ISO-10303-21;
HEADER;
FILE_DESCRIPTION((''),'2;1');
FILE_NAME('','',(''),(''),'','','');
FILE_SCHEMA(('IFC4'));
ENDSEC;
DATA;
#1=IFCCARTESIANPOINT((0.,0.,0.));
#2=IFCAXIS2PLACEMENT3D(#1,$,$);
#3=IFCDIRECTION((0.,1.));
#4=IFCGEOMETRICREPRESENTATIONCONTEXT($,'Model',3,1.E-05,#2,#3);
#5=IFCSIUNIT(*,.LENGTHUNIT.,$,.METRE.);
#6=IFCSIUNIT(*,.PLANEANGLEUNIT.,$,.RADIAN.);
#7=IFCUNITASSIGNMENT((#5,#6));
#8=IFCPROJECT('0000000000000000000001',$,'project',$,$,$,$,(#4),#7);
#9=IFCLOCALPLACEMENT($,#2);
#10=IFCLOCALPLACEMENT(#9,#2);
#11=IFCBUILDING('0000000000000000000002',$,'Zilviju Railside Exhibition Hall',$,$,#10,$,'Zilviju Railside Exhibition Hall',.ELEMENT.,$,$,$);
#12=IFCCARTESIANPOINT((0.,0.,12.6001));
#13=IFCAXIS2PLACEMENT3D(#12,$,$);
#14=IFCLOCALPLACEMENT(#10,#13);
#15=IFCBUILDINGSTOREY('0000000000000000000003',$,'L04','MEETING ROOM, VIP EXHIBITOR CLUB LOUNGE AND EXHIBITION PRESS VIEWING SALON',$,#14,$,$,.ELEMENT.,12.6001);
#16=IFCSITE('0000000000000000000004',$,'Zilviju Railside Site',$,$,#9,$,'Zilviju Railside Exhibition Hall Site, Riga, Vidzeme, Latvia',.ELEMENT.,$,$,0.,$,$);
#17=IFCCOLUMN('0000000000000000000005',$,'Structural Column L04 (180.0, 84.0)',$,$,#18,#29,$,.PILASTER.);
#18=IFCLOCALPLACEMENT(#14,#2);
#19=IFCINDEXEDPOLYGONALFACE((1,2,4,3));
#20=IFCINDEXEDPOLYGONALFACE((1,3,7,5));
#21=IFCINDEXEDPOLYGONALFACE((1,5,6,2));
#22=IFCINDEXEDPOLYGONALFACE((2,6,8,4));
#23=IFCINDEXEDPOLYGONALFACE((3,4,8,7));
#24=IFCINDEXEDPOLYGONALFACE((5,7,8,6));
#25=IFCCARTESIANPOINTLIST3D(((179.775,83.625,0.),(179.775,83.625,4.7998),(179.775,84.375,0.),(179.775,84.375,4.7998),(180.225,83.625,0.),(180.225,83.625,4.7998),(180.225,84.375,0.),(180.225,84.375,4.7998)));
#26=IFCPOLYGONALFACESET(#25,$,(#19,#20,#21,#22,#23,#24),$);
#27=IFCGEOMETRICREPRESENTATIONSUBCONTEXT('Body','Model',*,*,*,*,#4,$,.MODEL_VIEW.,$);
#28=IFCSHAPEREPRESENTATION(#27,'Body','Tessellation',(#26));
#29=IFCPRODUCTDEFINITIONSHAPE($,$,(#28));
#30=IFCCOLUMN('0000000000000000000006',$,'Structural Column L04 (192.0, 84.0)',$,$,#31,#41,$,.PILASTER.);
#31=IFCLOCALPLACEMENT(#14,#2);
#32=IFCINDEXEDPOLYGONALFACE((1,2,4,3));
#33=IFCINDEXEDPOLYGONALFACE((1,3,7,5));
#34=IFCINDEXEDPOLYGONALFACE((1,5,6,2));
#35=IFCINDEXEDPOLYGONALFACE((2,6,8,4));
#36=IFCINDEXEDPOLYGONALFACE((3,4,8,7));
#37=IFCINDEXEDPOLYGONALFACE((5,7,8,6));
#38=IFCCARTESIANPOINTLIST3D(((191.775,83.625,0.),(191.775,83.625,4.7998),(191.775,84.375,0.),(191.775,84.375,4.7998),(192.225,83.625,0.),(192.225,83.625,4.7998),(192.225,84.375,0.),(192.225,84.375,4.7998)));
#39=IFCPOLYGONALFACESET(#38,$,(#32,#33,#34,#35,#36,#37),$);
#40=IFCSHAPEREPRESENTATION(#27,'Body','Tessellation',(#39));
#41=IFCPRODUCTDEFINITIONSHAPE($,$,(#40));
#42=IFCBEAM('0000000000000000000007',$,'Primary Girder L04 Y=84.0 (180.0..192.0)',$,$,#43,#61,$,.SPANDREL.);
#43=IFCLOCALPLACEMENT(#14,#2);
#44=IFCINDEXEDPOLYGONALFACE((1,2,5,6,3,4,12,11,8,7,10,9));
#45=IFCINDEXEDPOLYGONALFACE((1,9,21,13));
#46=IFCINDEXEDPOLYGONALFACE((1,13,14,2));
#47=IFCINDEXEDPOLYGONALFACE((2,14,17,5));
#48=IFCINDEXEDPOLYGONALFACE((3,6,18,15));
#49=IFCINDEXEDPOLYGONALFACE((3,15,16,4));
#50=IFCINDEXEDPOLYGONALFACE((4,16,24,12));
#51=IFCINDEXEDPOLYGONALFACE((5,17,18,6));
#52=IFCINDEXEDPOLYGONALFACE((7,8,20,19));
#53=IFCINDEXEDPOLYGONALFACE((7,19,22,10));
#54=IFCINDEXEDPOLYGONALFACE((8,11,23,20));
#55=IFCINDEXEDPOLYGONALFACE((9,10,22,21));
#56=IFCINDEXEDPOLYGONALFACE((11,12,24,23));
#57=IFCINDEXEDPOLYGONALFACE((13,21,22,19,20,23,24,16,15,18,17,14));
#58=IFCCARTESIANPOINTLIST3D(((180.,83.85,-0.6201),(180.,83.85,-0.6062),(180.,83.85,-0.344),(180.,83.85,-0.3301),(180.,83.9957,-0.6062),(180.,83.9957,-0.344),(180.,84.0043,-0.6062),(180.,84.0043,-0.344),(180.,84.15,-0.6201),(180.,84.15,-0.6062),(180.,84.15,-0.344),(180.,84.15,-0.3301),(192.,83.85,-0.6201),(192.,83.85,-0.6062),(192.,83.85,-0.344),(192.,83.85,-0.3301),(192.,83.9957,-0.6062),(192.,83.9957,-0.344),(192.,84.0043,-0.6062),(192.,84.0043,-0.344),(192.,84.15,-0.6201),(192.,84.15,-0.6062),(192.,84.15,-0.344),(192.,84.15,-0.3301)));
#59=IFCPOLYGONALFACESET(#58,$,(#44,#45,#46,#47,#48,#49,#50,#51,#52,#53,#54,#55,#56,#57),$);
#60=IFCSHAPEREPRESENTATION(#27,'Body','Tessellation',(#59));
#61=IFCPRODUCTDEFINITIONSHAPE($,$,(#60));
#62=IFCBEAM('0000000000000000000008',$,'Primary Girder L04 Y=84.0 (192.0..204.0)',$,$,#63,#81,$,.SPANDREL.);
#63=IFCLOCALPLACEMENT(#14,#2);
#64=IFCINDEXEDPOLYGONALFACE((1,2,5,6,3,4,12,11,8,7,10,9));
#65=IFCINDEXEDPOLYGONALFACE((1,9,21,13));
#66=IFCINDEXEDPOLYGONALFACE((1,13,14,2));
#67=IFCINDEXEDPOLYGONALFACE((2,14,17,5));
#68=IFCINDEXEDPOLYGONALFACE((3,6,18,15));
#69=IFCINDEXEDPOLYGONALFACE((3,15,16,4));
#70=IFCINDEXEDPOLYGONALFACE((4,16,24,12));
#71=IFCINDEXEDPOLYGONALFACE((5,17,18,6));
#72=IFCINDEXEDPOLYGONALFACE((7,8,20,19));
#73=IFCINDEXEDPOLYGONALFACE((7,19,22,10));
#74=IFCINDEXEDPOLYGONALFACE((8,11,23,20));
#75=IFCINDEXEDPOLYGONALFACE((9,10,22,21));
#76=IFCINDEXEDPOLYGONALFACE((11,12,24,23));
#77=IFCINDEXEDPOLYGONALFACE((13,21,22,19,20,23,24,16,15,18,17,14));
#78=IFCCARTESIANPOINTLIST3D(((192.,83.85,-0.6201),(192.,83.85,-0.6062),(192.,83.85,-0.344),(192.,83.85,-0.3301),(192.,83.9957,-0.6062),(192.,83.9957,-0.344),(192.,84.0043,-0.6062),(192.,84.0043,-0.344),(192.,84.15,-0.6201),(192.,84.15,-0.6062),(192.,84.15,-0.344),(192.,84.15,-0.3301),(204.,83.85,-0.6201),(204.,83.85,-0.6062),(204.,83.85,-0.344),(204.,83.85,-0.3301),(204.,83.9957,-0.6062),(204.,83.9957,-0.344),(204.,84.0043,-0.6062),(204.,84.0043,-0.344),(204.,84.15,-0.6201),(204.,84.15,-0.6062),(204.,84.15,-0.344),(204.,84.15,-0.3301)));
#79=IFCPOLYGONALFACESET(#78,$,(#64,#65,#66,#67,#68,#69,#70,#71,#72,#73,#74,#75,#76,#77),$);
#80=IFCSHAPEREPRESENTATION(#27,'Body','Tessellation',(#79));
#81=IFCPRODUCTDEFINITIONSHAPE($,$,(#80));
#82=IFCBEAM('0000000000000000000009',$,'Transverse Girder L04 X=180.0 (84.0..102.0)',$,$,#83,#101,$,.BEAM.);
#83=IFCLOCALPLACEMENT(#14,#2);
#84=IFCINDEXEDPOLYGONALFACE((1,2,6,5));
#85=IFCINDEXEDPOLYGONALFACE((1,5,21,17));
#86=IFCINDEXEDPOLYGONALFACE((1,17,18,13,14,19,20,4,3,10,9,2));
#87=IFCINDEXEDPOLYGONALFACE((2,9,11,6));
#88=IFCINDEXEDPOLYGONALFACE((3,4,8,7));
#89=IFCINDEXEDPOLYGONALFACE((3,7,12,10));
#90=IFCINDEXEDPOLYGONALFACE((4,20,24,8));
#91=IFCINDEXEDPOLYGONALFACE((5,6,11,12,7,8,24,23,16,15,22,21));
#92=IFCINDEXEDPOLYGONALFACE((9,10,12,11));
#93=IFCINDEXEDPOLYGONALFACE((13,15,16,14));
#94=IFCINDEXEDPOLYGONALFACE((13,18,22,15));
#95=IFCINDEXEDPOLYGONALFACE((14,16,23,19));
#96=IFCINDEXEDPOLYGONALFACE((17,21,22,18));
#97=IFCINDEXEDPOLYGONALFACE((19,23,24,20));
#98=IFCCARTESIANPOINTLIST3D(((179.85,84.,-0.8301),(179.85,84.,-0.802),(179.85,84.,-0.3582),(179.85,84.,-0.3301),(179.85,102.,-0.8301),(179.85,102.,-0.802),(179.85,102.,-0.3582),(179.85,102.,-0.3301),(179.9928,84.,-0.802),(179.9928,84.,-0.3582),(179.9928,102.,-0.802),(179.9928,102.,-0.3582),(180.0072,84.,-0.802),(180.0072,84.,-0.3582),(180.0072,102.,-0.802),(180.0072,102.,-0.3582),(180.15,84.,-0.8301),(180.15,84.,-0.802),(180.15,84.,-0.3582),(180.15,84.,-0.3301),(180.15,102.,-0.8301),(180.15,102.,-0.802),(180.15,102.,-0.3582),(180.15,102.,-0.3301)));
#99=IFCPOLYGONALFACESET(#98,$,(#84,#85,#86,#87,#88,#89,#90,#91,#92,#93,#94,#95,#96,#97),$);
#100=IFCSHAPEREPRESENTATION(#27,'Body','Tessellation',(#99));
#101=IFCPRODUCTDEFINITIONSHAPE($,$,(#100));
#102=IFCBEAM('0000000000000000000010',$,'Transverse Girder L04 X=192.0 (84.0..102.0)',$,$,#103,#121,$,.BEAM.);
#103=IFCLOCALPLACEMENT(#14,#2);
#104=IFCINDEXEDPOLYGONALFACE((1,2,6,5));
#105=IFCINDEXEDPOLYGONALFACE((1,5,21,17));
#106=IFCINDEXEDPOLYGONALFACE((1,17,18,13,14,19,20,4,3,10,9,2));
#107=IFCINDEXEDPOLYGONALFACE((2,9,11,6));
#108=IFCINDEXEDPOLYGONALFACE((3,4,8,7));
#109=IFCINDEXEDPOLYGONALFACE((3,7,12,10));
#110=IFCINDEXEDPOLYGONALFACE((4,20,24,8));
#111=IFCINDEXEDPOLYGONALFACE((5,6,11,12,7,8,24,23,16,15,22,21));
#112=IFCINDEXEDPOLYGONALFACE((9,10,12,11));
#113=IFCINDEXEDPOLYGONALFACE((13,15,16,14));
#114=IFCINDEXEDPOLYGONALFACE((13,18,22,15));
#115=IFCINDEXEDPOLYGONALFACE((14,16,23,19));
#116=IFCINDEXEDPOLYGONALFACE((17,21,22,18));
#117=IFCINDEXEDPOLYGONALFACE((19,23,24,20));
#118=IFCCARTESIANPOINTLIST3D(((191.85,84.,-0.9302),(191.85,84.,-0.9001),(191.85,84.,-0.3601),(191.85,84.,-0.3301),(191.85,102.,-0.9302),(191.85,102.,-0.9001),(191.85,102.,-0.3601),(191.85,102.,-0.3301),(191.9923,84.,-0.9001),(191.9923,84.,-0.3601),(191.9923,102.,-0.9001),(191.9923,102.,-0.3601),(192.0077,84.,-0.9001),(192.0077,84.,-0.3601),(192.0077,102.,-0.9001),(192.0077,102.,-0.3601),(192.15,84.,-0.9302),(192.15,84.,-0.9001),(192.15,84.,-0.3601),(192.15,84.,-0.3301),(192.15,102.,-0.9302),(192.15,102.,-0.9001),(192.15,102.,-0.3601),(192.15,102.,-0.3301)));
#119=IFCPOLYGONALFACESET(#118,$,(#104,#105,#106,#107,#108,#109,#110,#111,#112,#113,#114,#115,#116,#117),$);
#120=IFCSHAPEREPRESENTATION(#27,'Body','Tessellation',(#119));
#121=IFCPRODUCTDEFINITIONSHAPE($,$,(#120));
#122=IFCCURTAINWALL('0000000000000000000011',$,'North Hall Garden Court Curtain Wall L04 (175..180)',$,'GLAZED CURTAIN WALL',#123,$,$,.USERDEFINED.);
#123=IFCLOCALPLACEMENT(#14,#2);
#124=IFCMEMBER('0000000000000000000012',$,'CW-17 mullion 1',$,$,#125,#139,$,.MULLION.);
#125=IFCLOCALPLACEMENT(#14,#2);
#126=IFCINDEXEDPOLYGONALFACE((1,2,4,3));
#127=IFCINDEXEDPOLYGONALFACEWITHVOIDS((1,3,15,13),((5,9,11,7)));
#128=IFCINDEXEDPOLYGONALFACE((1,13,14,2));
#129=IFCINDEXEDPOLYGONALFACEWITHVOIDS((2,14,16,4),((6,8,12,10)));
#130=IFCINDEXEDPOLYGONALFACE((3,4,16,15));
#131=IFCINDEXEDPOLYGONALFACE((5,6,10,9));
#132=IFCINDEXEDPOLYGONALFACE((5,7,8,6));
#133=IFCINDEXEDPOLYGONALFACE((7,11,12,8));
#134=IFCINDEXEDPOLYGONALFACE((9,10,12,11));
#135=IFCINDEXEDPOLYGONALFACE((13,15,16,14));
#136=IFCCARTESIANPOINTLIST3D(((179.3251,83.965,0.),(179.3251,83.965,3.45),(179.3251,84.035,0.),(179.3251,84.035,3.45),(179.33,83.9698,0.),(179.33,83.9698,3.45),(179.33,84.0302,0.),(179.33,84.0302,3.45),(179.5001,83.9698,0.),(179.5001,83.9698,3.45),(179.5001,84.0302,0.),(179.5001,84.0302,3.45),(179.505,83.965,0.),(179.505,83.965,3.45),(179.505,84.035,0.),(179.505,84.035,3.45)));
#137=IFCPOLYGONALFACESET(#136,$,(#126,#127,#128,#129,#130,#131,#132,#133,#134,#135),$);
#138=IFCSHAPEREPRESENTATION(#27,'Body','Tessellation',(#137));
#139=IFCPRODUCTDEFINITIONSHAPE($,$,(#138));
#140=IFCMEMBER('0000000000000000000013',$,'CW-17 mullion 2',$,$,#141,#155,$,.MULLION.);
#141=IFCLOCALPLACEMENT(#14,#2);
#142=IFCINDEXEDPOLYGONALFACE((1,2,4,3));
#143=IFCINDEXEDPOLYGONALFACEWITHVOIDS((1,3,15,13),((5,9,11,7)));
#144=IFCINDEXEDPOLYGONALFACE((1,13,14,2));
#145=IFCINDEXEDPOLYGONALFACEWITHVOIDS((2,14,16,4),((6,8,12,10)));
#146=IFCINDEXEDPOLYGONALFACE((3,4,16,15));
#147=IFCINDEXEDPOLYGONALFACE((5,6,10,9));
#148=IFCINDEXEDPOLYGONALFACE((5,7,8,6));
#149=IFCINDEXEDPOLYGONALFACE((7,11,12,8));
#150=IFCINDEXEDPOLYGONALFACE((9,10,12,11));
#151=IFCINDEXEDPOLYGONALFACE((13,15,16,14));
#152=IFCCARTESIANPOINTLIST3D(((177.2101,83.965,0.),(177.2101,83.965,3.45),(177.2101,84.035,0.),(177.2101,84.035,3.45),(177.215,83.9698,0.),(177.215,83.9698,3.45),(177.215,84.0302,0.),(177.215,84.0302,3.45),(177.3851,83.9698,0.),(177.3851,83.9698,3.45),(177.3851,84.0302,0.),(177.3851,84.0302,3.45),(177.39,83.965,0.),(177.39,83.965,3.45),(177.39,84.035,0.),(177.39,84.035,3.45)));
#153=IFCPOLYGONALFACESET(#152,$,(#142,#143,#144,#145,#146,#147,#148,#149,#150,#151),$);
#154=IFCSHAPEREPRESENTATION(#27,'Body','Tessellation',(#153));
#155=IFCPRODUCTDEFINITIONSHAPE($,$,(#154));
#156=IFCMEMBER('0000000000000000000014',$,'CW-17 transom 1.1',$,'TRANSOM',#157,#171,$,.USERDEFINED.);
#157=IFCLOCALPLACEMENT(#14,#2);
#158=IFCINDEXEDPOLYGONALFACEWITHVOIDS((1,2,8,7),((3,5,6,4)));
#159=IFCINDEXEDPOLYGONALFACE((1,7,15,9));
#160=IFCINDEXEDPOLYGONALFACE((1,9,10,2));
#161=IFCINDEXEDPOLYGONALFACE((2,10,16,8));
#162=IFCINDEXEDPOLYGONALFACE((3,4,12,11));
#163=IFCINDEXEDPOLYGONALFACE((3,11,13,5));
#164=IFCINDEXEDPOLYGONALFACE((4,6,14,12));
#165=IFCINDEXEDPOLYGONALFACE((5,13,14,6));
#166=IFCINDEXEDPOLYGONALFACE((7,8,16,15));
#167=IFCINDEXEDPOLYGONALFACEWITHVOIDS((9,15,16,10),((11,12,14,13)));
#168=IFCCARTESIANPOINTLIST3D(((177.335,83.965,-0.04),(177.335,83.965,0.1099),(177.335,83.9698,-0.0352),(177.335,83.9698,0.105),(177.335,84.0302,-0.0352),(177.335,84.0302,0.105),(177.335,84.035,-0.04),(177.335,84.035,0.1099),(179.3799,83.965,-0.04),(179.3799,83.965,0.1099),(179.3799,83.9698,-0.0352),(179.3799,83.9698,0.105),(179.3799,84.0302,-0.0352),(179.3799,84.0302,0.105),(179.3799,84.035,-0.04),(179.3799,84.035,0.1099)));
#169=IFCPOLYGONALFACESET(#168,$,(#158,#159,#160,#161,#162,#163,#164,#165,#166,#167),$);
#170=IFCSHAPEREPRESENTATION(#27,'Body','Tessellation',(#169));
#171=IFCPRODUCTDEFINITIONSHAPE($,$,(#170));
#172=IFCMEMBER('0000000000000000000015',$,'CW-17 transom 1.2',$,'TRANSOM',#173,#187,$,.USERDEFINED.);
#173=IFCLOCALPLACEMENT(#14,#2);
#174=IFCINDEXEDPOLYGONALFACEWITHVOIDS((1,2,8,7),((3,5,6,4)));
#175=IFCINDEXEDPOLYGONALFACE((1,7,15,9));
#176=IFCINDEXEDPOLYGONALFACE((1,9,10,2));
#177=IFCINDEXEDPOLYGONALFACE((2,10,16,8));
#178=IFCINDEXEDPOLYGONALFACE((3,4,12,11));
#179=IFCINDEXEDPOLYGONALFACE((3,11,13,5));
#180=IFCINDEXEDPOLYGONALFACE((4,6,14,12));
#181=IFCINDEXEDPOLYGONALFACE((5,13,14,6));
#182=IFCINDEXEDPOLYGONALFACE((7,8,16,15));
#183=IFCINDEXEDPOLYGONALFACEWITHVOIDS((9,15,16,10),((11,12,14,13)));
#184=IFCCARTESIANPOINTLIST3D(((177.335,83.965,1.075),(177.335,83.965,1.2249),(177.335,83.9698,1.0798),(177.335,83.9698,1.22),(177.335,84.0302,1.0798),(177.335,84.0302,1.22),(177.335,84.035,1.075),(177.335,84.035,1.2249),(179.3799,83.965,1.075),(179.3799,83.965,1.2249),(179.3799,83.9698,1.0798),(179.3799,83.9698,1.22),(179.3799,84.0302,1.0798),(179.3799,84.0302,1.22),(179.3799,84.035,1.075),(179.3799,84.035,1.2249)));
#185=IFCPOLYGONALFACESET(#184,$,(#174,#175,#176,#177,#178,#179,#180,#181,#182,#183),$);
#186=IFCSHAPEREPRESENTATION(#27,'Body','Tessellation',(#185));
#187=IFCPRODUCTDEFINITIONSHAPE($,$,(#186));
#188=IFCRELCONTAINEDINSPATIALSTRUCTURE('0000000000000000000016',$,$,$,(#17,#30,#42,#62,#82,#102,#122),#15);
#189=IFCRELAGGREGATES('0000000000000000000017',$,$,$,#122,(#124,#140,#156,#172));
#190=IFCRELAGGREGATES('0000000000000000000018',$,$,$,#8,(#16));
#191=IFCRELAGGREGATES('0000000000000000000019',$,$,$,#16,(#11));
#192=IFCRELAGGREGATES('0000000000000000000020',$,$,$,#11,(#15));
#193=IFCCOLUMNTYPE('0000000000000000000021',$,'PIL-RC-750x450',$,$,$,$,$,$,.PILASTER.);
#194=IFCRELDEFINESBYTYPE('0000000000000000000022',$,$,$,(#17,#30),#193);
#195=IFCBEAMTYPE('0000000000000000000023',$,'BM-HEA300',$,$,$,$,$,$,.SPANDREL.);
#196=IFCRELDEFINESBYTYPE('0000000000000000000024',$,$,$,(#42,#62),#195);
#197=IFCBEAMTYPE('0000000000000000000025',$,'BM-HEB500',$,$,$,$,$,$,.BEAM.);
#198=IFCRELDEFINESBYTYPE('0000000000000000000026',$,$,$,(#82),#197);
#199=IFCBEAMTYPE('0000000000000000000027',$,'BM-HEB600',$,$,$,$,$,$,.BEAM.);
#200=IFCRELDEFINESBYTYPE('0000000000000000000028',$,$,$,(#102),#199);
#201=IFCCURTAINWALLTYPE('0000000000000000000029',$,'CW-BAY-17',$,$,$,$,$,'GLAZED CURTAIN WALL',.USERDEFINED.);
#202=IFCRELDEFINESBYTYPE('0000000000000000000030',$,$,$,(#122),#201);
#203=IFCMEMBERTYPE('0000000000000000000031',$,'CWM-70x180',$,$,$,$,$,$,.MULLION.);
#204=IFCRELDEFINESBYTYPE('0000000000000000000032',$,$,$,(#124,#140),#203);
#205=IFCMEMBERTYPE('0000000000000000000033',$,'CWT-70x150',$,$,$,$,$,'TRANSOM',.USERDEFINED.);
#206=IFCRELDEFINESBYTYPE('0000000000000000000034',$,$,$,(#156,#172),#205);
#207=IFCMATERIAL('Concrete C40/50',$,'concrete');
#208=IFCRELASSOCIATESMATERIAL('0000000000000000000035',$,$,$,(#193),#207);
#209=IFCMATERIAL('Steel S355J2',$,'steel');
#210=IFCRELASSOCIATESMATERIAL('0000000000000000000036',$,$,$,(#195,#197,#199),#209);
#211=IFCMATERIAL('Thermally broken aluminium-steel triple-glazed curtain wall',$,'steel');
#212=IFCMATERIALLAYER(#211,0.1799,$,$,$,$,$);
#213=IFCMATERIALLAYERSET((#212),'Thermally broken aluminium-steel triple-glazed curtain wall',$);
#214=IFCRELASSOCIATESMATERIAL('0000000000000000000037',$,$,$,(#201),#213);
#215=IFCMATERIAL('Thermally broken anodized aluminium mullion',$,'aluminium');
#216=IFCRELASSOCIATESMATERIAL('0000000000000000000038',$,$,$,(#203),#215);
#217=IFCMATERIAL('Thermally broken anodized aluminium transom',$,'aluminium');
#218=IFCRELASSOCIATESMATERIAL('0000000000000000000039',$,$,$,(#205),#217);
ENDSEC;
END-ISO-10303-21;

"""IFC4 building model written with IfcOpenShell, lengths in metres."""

from ifc_helpers import new_model, si_unit, direction, frame, origin, origin_2d, place, context, subcontext, project, spatial, rectangle, hollow_rectangle, i_section, extrude, material, layer, layer_set, material_profile, profile_set, type_object, element, aggregate, save


model = new_model("IFC4")

# Units and contexts
model_context = context("Model", 3, precision=1e-05, world=origin(), true_north=direction((0.0, 1.0)))
body_context = subcontext(model_context, "Body", "Model", "MODEL_VIEW")
ifc_project = project(units=[si_unit("LENGTHUNIT", "METRE"), si_unit("PLANEANGLEUNIT", "RADIAN")], contexts=[model_context])

# Site, building, storey
site_placement = place(None, origin())
site = spatial("IfcSite", under=ifc_project, at=site_placement, Name="Zilviju Railside Site", LongName="Zilviju Railside Exhibition Hall Site, Riga, Vidzeme, Latvia", CompositionType="ELEMENT", RefElevation=0.0)
building_placement = place(site_placement, origin())
building = spatial("IfcBuilding", under=site, at=building_placement, Name="Zilviju Railside Exhibition Hall", LongName="Zilviju Railside Exhibition Hall", CompositionType="ELEMENT")
storey_placement = place(building_placement, frame((0.0, 0.0, 12.6001)))
storey = spatial("IfcBuildingStorey", under=building, at=storey_placement, Name="L04", Description="MEETING ROOM, VIP EXHIBITOR CLUB LOUNGE AND EXHIBITION PRESS VIEWING SALON", CompositionType="ELEMENT", Elevation=12.6001)

# Columns
ifc_material_1 = material(Name="Concrete C40/50", Category="concrete")
ifc_material_profile_1 = material_profile(ifc_material_1, rectangle(XDim=0.45, YDim=0.75, at=origin_2d()), Name="RC COL 450x750")
ifc_profile_set_1 = profile_set([ifc_material_profile_1], Name="Concrete C40/50")
column_type = type_object("IfcColumnType", Name="PIL-RC-750x450", PredefinedType="PILASTER", material=ifc_profile_set_1)
for number, where, z_axis, x_axis, name in (
    (1, (180.0, 84.0, 0.0), (0.0, 0.0, 1.0), (1.0, 0.0, 0.0), "Structural Column L04 (180.0, 84.0)"),
    (2, (192.0, 84.0, 0.0), (0.0, 0.0, 1.0), (1.0, 0.0, 0.0), "Structural Column L04 (192.0, 84.0)"),
):
    element("IfcColumn", number, at=place(storey_placement, frame(where, z_axis=z_axis, x_axis=x_axis)), inside=storey, type_object=column_type, Name=name, PredefinedType="PILASTER", context=body_context, shape_type="SweptSolid", body=[
        extrude(rectangle(XDim=0.45, YDim=0.75, at=origin_2d()), origin(), (0.0, 0.0, 1.0), 4.7998),
    ])

# Beams
ifc_material_2 = material(Name="Steel S355J2", Category="steel")
ifc_material_profile_2 = material_profile(ifc_material_2, i_section(OverallWidth=0.3, OverallDepth=0.29, WebThickness=0.0085, FlangeThickness=0.0139, at=origin_2d()), Name="HEA 300")
ifc_profile_set_2 = profile_set([ifc_material_profile_2], Name="Steel S355J2")
beam_type_1 = type_object("IfcBeamType", Name="BM-HEA300", PredefinedType="SPANDREL", material=ifc_profile_set_2)
for number, where, z_axis, x_axis, name in (
    (3, (180.0, 84.0, -0.4751), (1.0, 0.0, 0.0), (0.0, 1.0, 0.0), "Primary Girder L04 Y=84.0 (180.0..192.0)"),
    (4, (192.0, 84.0, -0.4751), (1.0, 0.0, 0.0), (0.0, 1.0, 0.0), "Primary Girder L04 Y=84.0 (192.0..204.0)"),
):
    element("IfcBeam", number, at=place(storey_placement, frame(where, z_axis=z_axis, x_axis=x_axis)), inside=storey, type_object=beam_type_1, Name=name, PredefinedType="SPANDREL", context=body_context, shape_type="SweptSolid", body=[
        extrude(i_section(OverallWidth=0.3, OverallDepth=0.29, WebThickness=0.0085, FlangeThickness=0.0139, at=origin_2d()), origin(), (0.0, 0.0, 1.0), 12.0),
    ])
ifc_material_profile_3 = material_profile(ifc_material_2, i_section(OverallWidth=0.3, OverallDepth=0.5, WebThickness=0.0144, FlangeThickness=0.0281, at=origin_2d()), Name="HEB 500")
ifc_profile_set_3 = profile_set([ifc_material_profile_3], Name="Steel S355J2")
beam_type_2 = type_object("IfcBeamType", Name="BM-HEB500", PredefinedType="BEAM", material=ifc_profile_set_3)
beam_1_placement = place(storey_placement, frame((180.0, 84.0, -0.5801), z_axis=(0.0, 1.0, 0.0), x_axis=(-1.0, 0.0, 0.0)))
element("IfcBeam", 5, at=beam_1_placement, inside=storey, type_object=beam_type_2, Name="Transverse Girder L04 X=180.0 (84.0..102.0)", PredefinedType="BEAM", context=body_context, shape_type="SweptSolid", body=[
    extrude(i_section(OverallWidth=0.3, OverallDepth=0.5, WebThickness=0.0144, FlangeThickness=0.0281, at=origin_2d()), origin(), (0.0, 0.0, 1.0), 18.0),
])
ifc_material_profile_4 = material_profile(ifc_material_2, i_section(OverallWidth=0.3, OverallDepth=0.6001, WebThickness=0.0154, FlangeThickness=0.03, at=origin_2d()), Name="HEB 600")
ifc_profile_set_4 = profile_set([ifc_material_profile_4], Name="Steel S355J2")
beam_type_3 = type_object("IfcBeamType", Name="BM-HEB600", PredefinedType="BEAM", material=ifc_profile_set_4)
beam_2_placement = place(storey_placement, frame((192.0, 84.0, -0.6301), z_axis=(0.0, 1.0, 0.0), x_axis=(-1.0, 0.0, 0.0)))
element("IfcBeam", 6, at=beam_2_placement, inside=storey, type_object=beam_type_3, Name="Transverse Girder L04 X=192.0 (84.0..102.0)", PredefinedType="BEAM", context=body_context, shape_type="SweptSolid", body=[
    extrude(i_section(OverallWidth=0.3, OverallDepth=0.6001, WebThickness=0.0154, FlangeThickness=0.03, at=origin_2d()), origin(), (0.0, 0.0, 1.0), 18.0),
])

# Curtain wall, members
ifc_material_3 = material(Name="Thermally broken aluminium-steel triple-glazed curtain wall", Category="steel")
ifc_layer_1 = layer(ifc_material_3, 0.1799)
ifc_layer_set_1 = layer_set([ifc_layer_1], Name="Thermally broken aluminium-steel triple-glazed curtain wall")
curtain_wall_type = type_object("IfcCurtainWallType", Name="CW-BAY-17", ElementType="GLAZED CURTAIN WALL", PredefinedType="USERDEFINED", material=ifc_layer_set_1)
curtain_wall_placement = place(storey_placement, origin())
curtain_wall = element("IfcCurtainWall", 7, at=curtain_wall_placement, inside=storey, type_object=curtain_wall_type, Name="North Hall Garden Court Curtain Wall L04 (175..180)", ObjectType="GLAZED CURTAIN WALL", PredefinedType="USERDEFINED")
ifc_material_4 = material(Name="Thermally broken anodized aluminium mullion", Category="aluminium")
ifc_material_profile_5 = material_profile(ifc_material_4, hollow_rectangle(XDim=0.0701, YDim=0.1799, WallThickness=0.0049, at=origin_2d()), Name="MULLION 180x70x5")
ifc_profile_set_5 = profile_set([ifc_material_profile_5], Name="Thermally broken anodized aluminium mullion")
member_type_1 = type_object("IfcMemberType", Name="CWM-70x180", PredefinedType="MULLION", material=ifc_profile_set_5)
member_1_placement = place(storey_placement, frame((179.415, 84.0, 0.0), z_axis=(0.0, 0.0, 1.0), x_axis=(0.0, -1.0, 0.0)))
member_1 = element("IfcMember", 8, at=member_1_placement, type_object=member_type_1, Name="CW-17 mullion 1", PredefinedType="MULLION", context=body_context, shape_type="SweptSolid", body=[
    extrude(hollow_rectangle(XDim=0.0701, YDim=0.1799, WallThickness=0.0049, at=origin_2d()), origin(), (0.0, 0.0, 1.0), 3.45),
])
member_2_placement = place(storey_placement, frame((177.3, 84.0, 0.0), z_axis=(0.0, 0.0, 1.0), x_axis=(0.0, -1.0, 0.0)))
member_2 = element("IfcMember", 9, at=member_2_placement, type_object=member_type_1, Name="CW-17 mullion 2", PredefinedType="MULLION", context=body_context, shape_type="SweptSolid", body=[
    extrude(hollow_rectangle(XDim=0.0701, YDim=0.1799, WallThickness=0.0049, at=origin_2d()), origin(), (0.0, 0.0, 1.0), 3.45),
])
ifc_material_5 = material(Name="Thermally broken anodized aluminium transom", Category="aluminium")
ifc_material_profile_6 = material_profile(ifc_material_5, hollow_rectangle(XDim=0.0701, YDim=0.1499, WallThickness=0.0049, at=origin_2d()), Name="TRANSOM 150x70x5")
ifc_profile_set_6 = profile_set([ifc_material_profile_6], Name="Thermally broken anodized aluminium transom")
member_type_2 = type_object("IfcMemberType", Name="CWT-70x150", ElementType="TRANSOM", PredefinedType="USERDEFINED", material=ifc_profile_set_6)
member_3_placement = place(storey_placement, frame((179.3799, 84.0, 0.0349), z_axis=(-1.0, 0.0, 0.0), x_axis=(0.0, -1.0, 0.0)))
member_3 = element("IfcMember", 10, at=member_3_placement, type_object=member_type_2, Name="CW-17 transom 1.1", ObjectType="TRANSOM", PredefinedType="USERDEFINED", context=body_context, shape_type="SweptSolid", body=[
    extrude(hollow_rectangle(XDim=0.0701, YDim=0.1499, WallThickness=0.0049, at=origin_2d()), origin(), (0.0, 0.0, 1.0), 2.0449),
])
member_4_placement = place(storey_placement, frame((179.3799, 84.0, 1.1499), z_axis=(-1.0, 0.0, 0.0), x_axis=(0.0, -1.0, 0.0)))
member_4 = element("IfcMember", 11, at=member_4_placement, type_object=member_type_2, Name="CW-17 transom 1.2", ObjectType="TRANSOM", PredefinedType="USERDEFINED", context=body_context, shape_type="SweptSolid", body=[
    extrude(hollow_rectangle(XDim=0.0701, YDim=0.1499, WallThickness=0.0049, at=origin_2d()), origin(), (0.0, 0.0, 1.0), 2.0449),
])
aggregate(curtain_wall, [member_1, member_2, member_3, member_4])

save(model, "model.ifc")
